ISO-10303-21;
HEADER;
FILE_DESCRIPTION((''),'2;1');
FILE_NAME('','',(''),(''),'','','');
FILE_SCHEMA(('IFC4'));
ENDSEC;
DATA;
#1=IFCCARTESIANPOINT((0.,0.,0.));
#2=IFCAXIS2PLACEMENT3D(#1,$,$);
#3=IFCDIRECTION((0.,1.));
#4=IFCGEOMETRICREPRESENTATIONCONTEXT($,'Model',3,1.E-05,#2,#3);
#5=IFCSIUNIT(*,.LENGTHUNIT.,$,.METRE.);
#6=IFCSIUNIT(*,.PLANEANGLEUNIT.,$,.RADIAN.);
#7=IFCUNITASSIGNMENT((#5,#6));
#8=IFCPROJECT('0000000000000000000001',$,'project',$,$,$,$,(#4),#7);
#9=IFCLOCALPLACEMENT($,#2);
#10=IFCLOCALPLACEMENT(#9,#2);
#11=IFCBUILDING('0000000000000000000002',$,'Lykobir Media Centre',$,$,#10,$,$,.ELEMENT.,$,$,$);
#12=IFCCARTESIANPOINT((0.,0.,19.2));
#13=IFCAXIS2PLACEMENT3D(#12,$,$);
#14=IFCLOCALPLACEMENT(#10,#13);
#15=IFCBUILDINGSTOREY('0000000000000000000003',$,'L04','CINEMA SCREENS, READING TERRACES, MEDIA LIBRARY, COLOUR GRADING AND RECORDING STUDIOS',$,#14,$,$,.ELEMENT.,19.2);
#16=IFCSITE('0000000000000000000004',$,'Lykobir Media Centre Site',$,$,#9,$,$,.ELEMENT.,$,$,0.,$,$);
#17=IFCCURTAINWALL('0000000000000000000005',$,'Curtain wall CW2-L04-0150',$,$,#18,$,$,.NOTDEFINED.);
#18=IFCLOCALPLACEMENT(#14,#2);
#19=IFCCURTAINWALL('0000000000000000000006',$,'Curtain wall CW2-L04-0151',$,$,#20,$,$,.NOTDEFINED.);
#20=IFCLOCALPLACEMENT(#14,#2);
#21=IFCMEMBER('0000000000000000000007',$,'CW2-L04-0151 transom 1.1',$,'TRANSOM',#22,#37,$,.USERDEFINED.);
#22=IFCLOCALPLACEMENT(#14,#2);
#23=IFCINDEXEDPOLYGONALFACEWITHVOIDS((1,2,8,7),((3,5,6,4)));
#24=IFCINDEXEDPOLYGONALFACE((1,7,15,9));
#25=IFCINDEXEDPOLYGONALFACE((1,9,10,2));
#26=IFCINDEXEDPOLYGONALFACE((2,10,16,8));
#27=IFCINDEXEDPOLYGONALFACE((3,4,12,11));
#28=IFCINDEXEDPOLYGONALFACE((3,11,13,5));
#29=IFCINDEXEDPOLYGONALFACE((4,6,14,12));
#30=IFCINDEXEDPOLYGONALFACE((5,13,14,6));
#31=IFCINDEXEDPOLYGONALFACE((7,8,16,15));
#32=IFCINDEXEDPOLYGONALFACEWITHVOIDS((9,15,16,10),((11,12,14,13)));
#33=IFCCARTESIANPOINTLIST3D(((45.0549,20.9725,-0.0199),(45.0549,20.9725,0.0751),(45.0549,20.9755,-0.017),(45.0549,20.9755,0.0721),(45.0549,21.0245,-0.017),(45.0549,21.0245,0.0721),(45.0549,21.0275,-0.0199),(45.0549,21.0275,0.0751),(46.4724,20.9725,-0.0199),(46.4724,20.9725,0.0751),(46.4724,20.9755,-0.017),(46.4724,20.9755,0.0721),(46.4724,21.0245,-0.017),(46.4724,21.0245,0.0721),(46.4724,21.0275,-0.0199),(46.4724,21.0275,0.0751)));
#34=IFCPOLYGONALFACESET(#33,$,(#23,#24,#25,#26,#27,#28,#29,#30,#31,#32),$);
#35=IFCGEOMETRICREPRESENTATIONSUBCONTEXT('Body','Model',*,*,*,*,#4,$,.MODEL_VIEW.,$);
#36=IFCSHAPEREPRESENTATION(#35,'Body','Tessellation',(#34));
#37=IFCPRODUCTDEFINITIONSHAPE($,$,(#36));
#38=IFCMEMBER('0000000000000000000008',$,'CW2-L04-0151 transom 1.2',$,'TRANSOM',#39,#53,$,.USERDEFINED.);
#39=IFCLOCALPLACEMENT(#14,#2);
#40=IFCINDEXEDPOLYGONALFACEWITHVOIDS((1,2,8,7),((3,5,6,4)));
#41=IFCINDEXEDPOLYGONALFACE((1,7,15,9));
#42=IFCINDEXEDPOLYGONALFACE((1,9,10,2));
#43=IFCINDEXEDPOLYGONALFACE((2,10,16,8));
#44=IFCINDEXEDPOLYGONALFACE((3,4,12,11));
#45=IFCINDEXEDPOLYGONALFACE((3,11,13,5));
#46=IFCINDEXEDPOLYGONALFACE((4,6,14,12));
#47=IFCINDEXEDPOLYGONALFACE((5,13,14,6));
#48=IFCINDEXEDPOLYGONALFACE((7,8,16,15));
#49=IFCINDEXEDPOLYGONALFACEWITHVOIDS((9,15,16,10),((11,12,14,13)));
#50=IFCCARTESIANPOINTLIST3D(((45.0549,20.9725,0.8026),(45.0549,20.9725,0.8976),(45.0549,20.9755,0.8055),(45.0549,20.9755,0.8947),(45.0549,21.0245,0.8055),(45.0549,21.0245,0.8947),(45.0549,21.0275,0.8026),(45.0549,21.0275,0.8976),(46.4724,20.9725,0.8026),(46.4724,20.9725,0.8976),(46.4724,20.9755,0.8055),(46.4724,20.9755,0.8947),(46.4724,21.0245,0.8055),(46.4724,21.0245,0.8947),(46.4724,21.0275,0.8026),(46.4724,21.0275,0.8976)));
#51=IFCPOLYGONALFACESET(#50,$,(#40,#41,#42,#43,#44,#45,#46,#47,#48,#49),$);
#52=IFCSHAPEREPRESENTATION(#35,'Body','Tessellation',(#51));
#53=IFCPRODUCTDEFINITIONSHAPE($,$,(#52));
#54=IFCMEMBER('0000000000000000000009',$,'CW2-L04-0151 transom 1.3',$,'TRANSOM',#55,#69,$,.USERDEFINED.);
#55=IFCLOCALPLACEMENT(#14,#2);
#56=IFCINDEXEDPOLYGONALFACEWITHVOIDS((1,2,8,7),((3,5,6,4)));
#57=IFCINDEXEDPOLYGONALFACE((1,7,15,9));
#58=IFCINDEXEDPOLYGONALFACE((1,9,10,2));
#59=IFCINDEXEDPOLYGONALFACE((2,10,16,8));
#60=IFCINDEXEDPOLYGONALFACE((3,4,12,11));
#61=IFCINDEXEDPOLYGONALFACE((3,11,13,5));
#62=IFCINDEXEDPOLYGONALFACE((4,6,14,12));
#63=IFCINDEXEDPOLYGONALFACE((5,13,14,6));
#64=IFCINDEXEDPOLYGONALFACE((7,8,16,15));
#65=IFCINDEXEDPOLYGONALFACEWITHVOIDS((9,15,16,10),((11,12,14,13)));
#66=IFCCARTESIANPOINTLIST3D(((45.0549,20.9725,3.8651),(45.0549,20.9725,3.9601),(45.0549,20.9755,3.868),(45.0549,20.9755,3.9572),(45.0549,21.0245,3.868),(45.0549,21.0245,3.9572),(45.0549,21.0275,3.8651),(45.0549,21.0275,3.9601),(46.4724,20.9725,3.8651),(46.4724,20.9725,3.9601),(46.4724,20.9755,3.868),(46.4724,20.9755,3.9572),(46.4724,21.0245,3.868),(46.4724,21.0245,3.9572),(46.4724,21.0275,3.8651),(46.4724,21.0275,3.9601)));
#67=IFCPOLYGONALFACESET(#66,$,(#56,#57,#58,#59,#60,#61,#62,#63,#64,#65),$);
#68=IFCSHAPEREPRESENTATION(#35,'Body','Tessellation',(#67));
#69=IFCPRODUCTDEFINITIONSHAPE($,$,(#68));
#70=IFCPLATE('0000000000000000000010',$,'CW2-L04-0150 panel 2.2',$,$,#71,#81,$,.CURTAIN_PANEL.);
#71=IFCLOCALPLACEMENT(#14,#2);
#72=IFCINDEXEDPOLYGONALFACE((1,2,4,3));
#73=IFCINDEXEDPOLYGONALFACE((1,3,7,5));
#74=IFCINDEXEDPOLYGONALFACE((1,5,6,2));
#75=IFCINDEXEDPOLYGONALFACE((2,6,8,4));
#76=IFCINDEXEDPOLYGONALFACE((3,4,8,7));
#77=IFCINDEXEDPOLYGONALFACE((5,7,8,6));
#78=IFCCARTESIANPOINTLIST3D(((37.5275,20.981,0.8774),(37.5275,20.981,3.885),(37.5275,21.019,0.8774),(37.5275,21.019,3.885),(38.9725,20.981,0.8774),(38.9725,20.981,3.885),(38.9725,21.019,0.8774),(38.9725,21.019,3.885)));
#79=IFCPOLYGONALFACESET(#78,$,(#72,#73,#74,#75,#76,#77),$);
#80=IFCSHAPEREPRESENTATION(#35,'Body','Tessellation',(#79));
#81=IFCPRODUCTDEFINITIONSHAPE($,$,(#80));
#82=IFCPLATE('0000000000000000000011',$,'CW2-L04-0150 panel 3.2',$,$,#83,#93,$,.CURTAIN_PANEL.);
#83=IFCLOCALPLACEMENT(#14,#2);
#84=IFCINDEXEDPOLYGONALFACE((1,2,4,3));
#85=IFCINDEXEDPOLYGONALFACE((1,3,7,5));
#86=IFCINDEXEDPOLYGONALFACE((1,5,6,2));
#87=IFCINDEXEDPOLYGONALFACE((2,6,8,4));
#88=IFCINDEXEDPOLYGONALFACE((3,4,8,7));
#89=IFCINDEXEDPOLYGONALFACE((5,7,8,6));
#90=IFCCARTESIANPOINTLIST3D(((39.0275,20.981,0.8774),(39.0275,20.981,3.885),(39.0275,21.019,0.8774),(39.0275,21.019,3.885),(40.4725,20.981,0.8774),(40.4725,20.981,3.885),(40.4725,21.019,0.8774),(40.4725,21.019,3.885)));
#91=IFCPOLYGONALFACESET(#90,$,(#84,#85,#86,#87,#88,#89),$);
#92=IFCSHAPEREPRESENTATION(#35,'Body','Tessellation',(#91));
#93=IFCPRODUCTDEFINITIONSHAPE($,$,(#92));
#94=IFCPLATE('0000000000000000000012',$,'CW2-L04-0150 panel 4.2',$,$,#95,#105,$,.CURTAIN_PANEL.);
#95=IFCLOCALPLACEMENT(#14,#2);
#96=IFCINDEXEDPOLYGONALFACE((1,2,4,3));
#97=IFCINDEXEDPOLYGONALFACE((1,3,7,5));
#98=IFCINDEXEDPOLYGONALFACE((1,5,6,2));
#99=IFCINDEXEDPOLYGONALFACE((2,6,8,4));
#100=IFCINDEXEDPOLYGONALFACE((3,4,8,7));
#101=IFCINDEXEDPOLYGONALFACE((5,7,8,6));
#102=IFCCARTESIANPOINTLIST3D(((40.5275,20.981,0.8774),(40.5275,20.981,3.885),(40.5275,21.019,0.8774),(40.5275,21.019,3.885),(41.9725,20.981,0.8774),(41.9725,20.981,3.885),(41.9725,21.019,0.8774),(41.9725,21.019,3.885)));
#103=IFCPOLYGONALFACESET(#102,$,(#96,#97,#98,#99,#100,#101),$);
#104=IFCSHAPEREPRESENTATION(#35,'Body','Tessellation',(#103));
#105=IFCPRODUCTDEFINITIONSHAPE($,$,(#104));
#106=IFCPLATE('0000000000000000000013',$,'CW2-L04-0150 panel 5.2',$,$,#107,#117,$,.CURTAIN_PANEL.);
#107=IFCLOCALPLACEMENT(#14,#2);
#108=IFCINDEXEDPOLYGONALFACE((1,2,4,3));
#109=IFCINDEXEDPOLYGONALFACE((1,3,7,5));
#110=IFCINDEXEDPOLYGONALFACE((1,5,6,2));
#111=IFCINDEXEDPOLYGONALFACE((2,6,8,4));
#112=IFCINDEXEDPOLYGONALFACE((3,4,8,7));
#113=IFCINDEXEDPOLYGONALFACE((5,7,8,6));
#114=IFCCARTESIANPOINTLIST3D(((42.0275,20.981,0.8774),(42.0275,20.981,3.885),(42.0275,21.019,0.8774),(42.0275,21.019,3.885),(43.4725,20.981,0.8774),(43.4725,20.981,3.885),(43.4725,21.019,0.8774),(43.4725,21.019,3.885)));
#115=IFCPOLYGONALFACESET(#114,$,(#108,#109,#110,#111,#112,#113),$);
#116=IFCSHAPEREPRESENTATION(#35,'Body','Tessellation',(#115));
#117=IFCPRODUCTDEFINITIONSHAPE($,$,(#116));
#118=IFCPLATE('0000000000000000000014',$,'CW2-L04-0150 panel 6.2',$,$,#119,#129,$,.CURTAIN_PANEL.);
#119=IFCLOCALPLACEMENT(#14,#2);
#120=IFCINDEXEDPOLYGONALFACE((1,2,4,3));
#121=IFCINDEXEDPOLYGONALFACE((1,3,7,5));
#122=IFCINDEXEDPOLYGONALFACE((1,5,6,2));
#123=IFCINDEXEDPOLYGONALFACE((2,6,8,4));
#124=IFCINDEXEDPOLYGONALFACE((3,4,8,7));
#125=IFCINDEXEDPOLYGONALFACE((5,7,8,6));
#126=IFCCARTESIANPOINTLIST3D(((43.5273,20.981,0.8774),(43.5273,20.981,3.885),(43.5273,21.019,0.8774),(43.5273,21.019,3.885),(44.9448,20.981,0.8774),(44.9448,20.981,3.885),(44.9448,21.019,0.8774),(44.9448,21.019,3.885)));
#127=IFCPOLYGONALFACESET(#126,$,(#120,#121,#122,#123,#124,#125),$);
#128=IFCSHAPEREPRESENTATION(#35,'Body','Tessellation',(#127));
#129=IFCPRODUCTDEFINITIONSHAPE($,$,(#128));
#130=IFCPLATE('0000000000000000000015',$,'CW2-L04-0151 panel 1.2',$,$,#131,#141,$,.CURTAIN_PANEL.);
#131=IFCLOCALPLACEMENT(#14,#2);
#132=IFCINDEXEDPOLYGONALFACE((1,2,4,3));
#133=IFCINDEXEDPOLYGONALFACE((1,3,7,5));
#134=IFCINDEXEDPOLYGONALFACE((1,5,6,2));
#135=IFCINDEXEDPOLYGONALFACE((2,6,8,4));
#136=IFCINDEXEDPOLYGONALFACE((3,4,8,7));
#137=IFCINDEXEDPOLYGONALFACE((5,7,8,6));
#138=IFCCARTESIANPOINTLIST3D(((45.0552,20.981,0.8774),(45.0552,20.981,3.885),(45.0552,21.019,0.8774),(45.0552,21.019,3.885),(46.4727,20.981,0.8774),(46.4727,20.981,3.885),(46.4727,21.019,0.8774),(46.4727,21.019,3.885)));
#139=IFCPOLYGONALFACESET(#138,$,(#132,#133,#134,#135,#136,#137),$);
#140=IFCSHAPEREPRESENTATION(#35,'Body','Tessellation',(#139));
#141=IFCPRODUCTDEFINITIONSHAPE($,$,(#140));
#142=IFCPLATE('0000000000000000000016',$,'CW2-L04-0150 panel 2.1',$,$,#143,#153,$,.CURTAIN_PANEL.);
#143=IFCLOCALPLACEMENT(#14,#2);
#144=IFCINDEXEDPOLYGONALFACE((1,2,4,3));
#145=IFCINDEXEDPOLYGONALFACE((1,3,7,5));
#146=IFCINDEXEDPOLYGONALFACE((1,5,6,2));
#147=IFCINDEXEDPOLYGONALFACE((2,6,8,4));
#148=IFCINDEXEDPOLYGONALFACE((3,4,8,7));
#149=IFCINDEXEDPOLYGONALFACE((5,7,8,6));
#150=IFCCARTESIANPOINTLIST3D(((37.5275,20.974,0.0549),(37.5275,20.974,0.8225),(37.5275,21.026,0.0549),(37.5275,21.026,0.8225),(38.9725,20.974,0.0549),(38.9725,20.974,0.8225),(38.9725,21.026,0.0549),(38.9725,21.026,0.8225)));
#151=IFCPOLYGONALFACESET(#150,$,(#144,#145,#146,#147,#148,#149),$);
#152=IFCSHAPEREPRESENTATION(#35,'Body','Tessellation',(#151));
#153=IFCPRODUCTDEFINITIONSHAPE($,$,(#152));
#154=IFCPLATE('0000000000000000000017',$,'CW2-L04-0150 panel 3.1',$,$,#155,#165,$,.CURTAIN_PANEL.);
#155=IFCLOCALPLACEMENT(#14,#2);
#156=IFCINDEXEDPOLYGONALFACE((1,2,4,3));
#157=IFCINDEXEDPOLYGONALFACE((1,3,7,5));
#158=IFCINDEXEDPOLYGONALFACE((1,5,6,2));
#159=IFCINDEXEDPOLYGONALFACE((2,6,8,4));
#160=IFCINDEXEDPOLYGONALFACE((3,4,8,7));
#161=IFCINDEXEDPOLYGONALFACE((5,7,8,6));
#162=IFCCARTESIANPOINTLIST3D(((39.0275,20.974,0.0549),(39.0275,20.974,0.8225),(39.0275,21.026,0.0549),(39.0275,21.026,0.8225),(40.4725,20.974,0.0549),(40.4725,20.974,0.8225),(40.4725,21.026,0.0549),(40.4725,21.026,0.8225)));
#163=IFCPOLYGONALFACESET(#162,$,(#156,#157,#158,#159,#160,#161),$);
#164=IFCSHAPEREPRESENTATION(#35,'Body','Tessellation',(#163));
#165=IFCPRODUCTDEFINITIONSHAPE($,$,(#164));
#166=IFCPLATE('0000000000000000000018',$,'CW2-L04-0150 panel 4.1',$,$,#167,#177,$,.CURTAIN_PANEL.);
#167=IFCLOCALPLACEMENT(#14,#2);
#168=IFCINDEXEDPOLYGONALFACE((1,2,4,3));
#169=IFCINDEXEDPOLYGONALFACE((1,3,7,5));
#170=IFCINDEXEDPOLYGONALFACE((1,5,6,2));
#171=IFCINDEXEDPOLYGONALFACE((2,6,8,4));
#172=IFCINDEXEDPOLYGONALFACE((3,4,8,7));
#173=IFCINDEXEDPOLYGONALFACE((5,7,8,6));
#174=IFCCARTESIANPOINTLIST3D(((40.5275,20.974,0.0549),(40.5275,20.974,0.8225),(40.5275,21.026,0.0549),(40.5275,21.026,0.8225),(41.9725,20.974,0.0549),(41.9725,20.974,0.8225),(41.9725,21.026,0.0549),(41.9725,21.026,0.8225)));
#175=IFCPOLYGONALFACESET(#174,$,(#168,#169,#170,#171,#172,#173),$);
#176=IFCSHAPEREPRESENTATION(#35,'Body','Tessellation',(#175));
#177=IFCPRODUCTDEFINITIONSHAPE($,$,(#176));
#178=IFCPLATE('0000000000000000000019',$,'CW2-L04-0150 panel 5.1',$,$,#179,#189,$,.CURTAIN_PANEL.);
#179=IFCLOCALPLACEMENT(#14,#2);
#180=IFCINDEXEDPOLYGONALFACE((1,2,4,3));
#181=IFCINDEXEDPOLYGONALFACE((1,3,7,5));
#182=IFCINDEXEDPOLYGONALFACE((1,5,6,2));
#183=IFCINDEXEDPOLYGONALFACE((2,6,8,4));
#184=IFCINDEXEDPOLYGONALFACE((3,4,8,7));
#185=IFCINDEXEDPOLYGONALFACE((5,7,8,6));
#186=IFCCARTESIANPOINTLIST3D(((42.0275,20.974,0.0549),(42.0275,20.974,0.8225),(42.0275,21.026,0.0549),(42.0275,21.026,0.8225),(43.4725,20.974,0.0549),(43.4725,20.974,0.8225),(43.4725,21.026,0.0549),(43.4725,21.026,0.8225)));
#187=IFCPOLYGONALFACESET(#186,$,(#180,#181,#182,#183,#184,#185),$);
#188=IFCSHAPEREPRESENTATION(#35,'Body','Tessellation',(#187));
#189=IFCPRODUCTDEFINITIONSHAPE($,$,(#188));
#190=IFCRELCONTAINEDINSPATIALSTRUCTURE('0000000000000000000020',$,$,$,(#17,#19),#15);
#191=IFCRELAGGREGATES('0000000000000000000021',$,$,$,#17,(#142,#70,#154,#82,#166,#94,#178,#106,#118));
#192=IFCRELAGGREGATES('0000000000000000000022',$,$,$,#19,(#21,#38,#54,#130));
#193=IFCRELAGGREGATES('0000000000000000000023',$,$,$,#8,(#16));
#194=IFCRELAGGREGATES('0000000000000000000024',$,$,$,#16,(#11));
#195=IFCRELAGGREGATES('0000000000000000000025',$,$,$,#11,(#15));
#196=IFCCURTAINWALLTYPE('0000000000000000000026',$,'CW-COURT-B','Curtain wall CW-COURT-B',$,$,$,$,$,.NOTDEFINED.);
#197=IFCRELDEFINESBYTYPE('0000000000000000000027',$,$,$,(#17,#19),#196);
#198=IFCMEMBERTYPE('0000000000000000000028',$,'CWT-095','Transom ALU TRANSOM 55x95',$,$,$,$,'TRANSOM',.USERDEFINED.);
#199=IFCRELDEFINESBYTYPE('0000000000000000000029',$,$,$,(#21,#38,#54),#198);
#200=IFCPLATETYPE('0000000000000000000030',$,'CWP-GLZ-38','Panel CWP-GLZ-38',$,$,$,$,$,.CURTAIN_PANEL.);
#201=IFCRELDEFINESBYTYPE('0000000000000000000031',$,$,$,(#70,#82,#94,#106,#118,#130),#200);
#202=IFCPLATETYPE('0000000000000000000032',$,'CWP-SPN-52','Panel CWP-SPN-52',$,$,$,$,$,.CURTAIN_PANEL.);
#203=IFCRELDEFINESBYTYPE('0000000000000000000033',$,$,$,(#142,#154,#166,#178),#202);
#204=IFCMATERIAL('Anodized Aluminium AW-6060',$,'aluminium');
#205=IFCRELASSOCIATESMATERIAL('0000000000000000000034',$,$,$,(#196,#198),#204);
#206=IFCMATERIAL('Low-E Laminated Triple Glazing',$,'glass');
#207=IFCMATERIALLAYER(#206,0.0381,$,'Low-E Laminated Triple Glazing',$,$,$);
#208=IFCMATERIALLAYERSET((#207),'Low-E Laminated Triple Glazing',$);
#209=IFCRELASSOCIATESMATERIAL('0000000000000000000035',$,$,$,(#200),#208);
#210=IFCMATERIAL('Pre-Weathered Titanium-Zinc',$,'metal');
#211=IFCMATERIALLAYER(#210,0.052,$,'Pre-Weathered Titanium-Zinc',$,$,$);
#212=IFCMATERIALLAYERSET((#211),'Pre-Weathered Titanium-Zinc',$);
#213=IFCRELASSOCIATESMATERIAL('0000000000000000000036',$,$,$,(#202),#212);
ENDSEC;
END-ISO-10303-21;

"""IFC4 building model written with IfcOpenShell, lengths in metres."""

from ifc_helpers import new_model, si_unit, direction, frame, origin, origin_2d, place, context, subcontext, project, spatial, rectangle, hollow_rectangle, extrude, material, layer, layer_set, material_profile, profile_set, type_object, element, aggregate, save


model = new_model("IFC4")

# Units and contexts
model_context = context("Model", 3, precision=1e-05, world=origin(), true_north=direction((0.0, 1.0)))
body_context = subcontext(model_context, "Body", "Model", "MODEL_VIEW")
ifc_project = project(units=[si_unit("LENGTHUNIT", "METRE"), si_unit("PLANEANGLEUNIT", "RADIAN")], contexts=[model_context])

# Site, building, storey
site_placement = place(None, origin())
site = spatial("IfcSite", under=ifc_project, at=site_placement, Name="Lykobir Media Centre Site", CompositionType="ELEMENT", RefElevation=0.0)
building_placement = place(site_placement, origin())
building = spatial("IfcBuilding", under=site, at=building_placement, Name="Lykobir Media Centre", CompositionType="ELEMENT")
storey_placement = place(building_placement, frame((0.0, 0.0, 19.2)))
storey = spatial("IfcBuildingStorey", under=building, at=storey_placement, Name="L04", Description="CINEMA SCREENS, READING TERRACES, MEDIA LIBRARY, COLOUR GRADING AND RECORDING STUDIOS", CompositionType="ELEMENT", Elevation=19.2)

# Curtain wall
ifc_material_1 = material(Name="Anodized Aluminium AW-6060", Category="aluminium")
curtain_wall_type = type_object("IfcCurtainWallType", Name="CW-COURT-B", Description="Curtain wall CW-COURT-B", PredefinedType="NOTDEFINED", material=ifc_material_1)
curtain_wall_1_placement = place(storey_placement, origin())
curtain_wall_1 = element("IfcCurtainWall", 1, at=curtain_wall_1_placement, inside=storey, type_object=curtain_wall_type, Name="Curtain wall CW2-L04-0150", PredefinedType="NOTDEFINED")

# Curtain wall
curtain_wall_2_placement = place(storey_placement, origin())
curtain_wall_2 = element("IfcCurtainWall", 2, at=curtain_wall_2_placement, inside=storey, type_object=curtain_wall_type, Name="Curtain wall CW2-L04-0151", PredefinedType="NOTDEFINED")

# Members
ifc_material_profile_1 = material_profile(ifc_material_1, hollow_rectangle(XDim=0.0549, YDim=0.095, WallThickness=0.0029, at=origin_2d()), Name="ALU TRANSOM 55x95")
ifc_profile_set_1 = profile_set([ifc_material_profile_1], Name="Anodized Aluminium AW-6060")
member_type_1 = type_object("IfcMemberType", Name="CWT-095", Description="Transom ALU TRANSOM 55x95", ElementType="TRANSOM", PredefinedType="USERDEFINED", material=ifc_profile_set_1)
member_1_placement = place(storey_placement, frame((45.0549, 21.0, 0.0276), z_axis=(1.0, 0.0, 0.0), x_axis=(0.0, 1.0, 0.0)))
member_1 = element("IfcMember", 3, at=member_1_placement, type_object=member_type_1, Name="CW2-L04-0151 transom 1.1", ObjectType="TRANSOM", PredefinedType="USERDEFINED", context=body_context, shape_type="SweptSolid", body=[
    extrude(hollow_rectangle(XDim=0.0549, YDim=0.095, WallThickness=0.0029, at=origin_2d()), origin(), (0.0, 0.0, 1.0), 1.4175),
])
member_2_placement = place(storey_placement, frame((45.0549, 21.0, 0.8501), z_axis=(1.0, 0.0, 0.0), x_axis=(0.0, 1.0, 0.0)))
member_2 = element("IfcMember", 4, at=member_2_placement, type_object=member_type_1, Name="CW2-L04-0151 transom 1.2", ObjectType="TRANSOM", PredefinedType="USERDEFINED", context=body_context, shape_type="SweptSolid", body=[
    extrude(hollow_rectangle(XDim=0.0549, YDim=0.095, WallThickness=0.0029, at=origin_2d()), origin(), (0.0, 0.0, 1.0), 1.4175),
])
member_3_placement = place(storey_placement, frame((45.0549, 21.0, 3.9126), z_axis=(1.0, 0.0, 0.0), x_axis=(0.0, 1.0, 0.0)))
member_3 = element("IfcMember", 5, at=member_3_placement, type_object=member_type_1, Name="CW2-L04-0151 transom 1.3", ObjectType="TRANSOM", PredefinedType="USERDEFINED", context=body_context, shape_type="SweptSolid", body=[
    extrude(hollow_rectangle(XDim=0.0549, YDim=0.095, WallThickness=0.0029, at=origin_2d()), origin(), (0.0, 0.0, 1.0), 1.4175),
])

# Plates
ifc_material_2 = material(Name="Low-E Laminated Triple Glazing", Category="glass")
ifc_layer_1 = layer(ifc_material_2, 0.0381, Name="Low-E Laminated Triple Glazing")
ifc_layer_set_1 = layer_set([ifc_layer_1], Name="Low-E Laminated Triple Glazing")
plate_type_1 = type_object("IfcPlateType", Name="CWP-GLZ-38", Description="Panel CWP-GLZ-38", PredefinedType="CURTAIN_PANEL", material=ifc_layer_set_1)
plate_1_placement = place(storey_placement, frame((38.25, 21.0, 0.8774), z_axis=(0.0, 0.0, 1.0), x_axis=(1.0, 0.0, 0.0)))
plate_1 = element("IfcPlate", 6, at=plate_1_placement, type_object=plate_type_1, Name="CW2-L04-0150 panel 2.2", PredefinedType="CURTAIN_PANEL", context=body_context, shape_type="SweptSolid", body=[
    extrude(rectangle(XDim=1.4451, YDim=0.0381, at=origin_2d()), origin(), (0.0, 0.0, 1.0), 3.0076),
])
plate_2_placement = place(storey_placement, frame((39.75, 21.0, 0.8774), z_axis=(0.0, 0.0, 1.0), x_axis=(1.0, 0.0, 0.0)))
plate_2 = element("IfcPlate", 7, at=plate_2_placement, type_object=plate_type_1, Name="CW2-L04-0150 panel 3.2", PredefinedType="CURTAIN_PANEL", context=body_context, shape_type="SweptSolid", body=[
    extrude(rectangle(XDim=1.4451, YDim=0.0381, at=origin_2d()), origin(), (0.0, 0.0, 1.0), 3.0076),
])
plate_3_placement = place(storey_placement, frame((41.25, 21.0, 0.8774), z_axis=(0.0, 0.0, 1.0), x_axis=(1.0, 0.0, 0.0)))
plate_3 = element("IfcPlate", 8, at=plate_3_placement, type_object=plate_type_1, Name="CW2-L04-0150 panel 4.2", PredefinedType="CURTAIN_PANEL", context=body_context, shape_type="SweptSolid", body=[
    extrude(rectangle(XDim=1.4451, YDim=0.0381, at=origin_2d()), origin(), (0.0, 0.0, 1.0), 3.0076),
])
plate_4_placement = place(storey_placement, frame((42.75, 21.0, 0.8774), z_axis=(0.0, 0.0, 1.0), x_axis=(1.0, 0.0, 0.0)))
plate_4 = element("IfcPlate", 9, at=plate_4_placement, type_object=plate_type_1, Name="CW2-L04-0150 panel 5.2", PredefinedType="CURTAIN_PANEL", context=body_context, shape_type="SweptSolid", body=[
    extrude(rectangle(XDim=1.4451, YDim=0.0381, at=origin_2d()), origin(), (0.0, 0.0, 1.0), 3.0076),
])
plate_5_placement = place(storey_placement, frame((44.2361, 21.0, 0.8774), z_axis=(0.0, 0.0, 1.0), x_axis=(1.0, 0.0, 0.0)))
plate_5 = element("IfcPlate", 10, at=plate_5_placement, type_object=plate_type_1, Name="CW2-L04-0150 panel 6.2", PredefinedType="CURTAIN_PANEL", context=body_context, shape_type="SweptSolid", body=[
    extrude(rectangle(XDim=1.4175, YDim=0.0381, at=origin_2d()), origin(), (0.0, 0.0, 1.0), 3.0076),
])
plate_6_placement = place(storey_placement, frame((45.7639, 21.0, 0.8774), z_axis=(0.0, 0.0, 1.0), x_axis=(1.0, 0.0, 0.0)))
plate_6 = element("IfcPlate", 11, at=plate_6_placement, type_object=plate_type_1, Name="CW2-L04-0151 panel 1.2", PredefinedType="CURTAIN_PANEL", context=body_context, shape_type="SweptSolid", body=[
    extrude(rectangle(XDim=1.4175, YDim=0.0381, at=origin_2d()), origin(), (0.0, 0.0, 1.0), 3.0076),
])
ifc_material_3 = material(Name="Pre-Weathered Titanium-Zinc", Category="metal")
ifc_layer_2 = layer(ifc_material_3, 0.052, Name="Pre-Weathered Titanium-Zinc")
ifc_layer_set_2 = layer_set([ifc_layer_2], Name="Pre-Weathered Titanium-Zinc")
plate_type_2 = type_object("IfcPlateType", Name="CWP-SPN-52", Description="Panel CWP-SPN-52", PredefinedType="CURTAIN_PANEL", material=ifc_layer_set_2)
plate_7_placement = place(storey_placement, frame((38.25, 21.0, 0.0549), z_axis=(0.0, 0.0, 1.0), x_axis=(1.0, 0.0, 0.0)))
plate_7 = element("IfcPlate", 12, at=plate_7_placement, type_object=plate_type_2, Name="CW2-L04-0150 panel 2.1", PredefinedType="CURTAIN_PANEL", context=body_context, shape_type="SweptSolid", body=[
    extrude(rectangle(XDim=1.4451, YDim=0.052, at=origin_2d()), origin(), (0.0, 0.0, 1.0), 0.7676),
])
plate_8_placement = place(storey_placement, frame((39.75, 21.0, 0.0549), z_axis=(0.0, 0.0, 1.0), x_axis=(1.0, 0.0, 0.0)))
plate_8 = element("IfcPlate", 13, at=plate_8_placement, type_object=plate_type_2, Name="CW2-L04-0150 panel 3.1", PredefinedType="CURTAIN_PANEL", context=body_context, shape_type="SweptSolid", body=[
    extrude(rectangle(XDim=1.4451, YDim=0.052, at=origin_2d()), origin(), (0.0, 0.0, 1.0), 0.7676),
])
plate_9_placement = place(storey_placement, frame((41.25, 21.0, 0.0549), z_axis=(0.0, 0.0, 1.0), x_axis=(1.0, 0.0, 0.0)))
plate_9 = element("IfcPlate", 14, at=plate_9_placement, type_object=plate_type_2, Name="CW2-L04-0150 panel 4.1", PredefinedType="CURTAIN_PANEL", context=body_context, shape_type="SweptSolid", body=[
    extrude(rectangle(XDim=1.4451, YDim=0.052, at=origin_2d()), origin(), (0.0, 0.0, 1.0), 0.7676),
])
plate_10_placement = place(storey_placement, frame((42.75, 21.0, 0.0549), z_axis=(0.0, 0.0, 1.0), x_axis=(1.0, 0.0, 0.0)))
plate_10 = element("IfcPlate", 15, at=plate_10_placement, type_object=plate_type_2, Name="CW2-L04-0150 panel 5.1", PredefinedType="CURTAIN_PANEL", context=body_context, shape_type="SweptSolid", body=[
    extrude(rectangle(XDim=1.4451, YDim=0.052, at=origin_2d()), origin(), (0.0, 0.0, 1.0), 0.7676),
])
aggregate(curtain_wall_1, [plate_7, plate_1, plate_8, plate_2, plate_9, plate_3, plate_10, plate_4, plate_5])
aggregate(curtain_wall_2, [member_1, member_2, member_3, plate_6])

save(model, "model.ifc")
